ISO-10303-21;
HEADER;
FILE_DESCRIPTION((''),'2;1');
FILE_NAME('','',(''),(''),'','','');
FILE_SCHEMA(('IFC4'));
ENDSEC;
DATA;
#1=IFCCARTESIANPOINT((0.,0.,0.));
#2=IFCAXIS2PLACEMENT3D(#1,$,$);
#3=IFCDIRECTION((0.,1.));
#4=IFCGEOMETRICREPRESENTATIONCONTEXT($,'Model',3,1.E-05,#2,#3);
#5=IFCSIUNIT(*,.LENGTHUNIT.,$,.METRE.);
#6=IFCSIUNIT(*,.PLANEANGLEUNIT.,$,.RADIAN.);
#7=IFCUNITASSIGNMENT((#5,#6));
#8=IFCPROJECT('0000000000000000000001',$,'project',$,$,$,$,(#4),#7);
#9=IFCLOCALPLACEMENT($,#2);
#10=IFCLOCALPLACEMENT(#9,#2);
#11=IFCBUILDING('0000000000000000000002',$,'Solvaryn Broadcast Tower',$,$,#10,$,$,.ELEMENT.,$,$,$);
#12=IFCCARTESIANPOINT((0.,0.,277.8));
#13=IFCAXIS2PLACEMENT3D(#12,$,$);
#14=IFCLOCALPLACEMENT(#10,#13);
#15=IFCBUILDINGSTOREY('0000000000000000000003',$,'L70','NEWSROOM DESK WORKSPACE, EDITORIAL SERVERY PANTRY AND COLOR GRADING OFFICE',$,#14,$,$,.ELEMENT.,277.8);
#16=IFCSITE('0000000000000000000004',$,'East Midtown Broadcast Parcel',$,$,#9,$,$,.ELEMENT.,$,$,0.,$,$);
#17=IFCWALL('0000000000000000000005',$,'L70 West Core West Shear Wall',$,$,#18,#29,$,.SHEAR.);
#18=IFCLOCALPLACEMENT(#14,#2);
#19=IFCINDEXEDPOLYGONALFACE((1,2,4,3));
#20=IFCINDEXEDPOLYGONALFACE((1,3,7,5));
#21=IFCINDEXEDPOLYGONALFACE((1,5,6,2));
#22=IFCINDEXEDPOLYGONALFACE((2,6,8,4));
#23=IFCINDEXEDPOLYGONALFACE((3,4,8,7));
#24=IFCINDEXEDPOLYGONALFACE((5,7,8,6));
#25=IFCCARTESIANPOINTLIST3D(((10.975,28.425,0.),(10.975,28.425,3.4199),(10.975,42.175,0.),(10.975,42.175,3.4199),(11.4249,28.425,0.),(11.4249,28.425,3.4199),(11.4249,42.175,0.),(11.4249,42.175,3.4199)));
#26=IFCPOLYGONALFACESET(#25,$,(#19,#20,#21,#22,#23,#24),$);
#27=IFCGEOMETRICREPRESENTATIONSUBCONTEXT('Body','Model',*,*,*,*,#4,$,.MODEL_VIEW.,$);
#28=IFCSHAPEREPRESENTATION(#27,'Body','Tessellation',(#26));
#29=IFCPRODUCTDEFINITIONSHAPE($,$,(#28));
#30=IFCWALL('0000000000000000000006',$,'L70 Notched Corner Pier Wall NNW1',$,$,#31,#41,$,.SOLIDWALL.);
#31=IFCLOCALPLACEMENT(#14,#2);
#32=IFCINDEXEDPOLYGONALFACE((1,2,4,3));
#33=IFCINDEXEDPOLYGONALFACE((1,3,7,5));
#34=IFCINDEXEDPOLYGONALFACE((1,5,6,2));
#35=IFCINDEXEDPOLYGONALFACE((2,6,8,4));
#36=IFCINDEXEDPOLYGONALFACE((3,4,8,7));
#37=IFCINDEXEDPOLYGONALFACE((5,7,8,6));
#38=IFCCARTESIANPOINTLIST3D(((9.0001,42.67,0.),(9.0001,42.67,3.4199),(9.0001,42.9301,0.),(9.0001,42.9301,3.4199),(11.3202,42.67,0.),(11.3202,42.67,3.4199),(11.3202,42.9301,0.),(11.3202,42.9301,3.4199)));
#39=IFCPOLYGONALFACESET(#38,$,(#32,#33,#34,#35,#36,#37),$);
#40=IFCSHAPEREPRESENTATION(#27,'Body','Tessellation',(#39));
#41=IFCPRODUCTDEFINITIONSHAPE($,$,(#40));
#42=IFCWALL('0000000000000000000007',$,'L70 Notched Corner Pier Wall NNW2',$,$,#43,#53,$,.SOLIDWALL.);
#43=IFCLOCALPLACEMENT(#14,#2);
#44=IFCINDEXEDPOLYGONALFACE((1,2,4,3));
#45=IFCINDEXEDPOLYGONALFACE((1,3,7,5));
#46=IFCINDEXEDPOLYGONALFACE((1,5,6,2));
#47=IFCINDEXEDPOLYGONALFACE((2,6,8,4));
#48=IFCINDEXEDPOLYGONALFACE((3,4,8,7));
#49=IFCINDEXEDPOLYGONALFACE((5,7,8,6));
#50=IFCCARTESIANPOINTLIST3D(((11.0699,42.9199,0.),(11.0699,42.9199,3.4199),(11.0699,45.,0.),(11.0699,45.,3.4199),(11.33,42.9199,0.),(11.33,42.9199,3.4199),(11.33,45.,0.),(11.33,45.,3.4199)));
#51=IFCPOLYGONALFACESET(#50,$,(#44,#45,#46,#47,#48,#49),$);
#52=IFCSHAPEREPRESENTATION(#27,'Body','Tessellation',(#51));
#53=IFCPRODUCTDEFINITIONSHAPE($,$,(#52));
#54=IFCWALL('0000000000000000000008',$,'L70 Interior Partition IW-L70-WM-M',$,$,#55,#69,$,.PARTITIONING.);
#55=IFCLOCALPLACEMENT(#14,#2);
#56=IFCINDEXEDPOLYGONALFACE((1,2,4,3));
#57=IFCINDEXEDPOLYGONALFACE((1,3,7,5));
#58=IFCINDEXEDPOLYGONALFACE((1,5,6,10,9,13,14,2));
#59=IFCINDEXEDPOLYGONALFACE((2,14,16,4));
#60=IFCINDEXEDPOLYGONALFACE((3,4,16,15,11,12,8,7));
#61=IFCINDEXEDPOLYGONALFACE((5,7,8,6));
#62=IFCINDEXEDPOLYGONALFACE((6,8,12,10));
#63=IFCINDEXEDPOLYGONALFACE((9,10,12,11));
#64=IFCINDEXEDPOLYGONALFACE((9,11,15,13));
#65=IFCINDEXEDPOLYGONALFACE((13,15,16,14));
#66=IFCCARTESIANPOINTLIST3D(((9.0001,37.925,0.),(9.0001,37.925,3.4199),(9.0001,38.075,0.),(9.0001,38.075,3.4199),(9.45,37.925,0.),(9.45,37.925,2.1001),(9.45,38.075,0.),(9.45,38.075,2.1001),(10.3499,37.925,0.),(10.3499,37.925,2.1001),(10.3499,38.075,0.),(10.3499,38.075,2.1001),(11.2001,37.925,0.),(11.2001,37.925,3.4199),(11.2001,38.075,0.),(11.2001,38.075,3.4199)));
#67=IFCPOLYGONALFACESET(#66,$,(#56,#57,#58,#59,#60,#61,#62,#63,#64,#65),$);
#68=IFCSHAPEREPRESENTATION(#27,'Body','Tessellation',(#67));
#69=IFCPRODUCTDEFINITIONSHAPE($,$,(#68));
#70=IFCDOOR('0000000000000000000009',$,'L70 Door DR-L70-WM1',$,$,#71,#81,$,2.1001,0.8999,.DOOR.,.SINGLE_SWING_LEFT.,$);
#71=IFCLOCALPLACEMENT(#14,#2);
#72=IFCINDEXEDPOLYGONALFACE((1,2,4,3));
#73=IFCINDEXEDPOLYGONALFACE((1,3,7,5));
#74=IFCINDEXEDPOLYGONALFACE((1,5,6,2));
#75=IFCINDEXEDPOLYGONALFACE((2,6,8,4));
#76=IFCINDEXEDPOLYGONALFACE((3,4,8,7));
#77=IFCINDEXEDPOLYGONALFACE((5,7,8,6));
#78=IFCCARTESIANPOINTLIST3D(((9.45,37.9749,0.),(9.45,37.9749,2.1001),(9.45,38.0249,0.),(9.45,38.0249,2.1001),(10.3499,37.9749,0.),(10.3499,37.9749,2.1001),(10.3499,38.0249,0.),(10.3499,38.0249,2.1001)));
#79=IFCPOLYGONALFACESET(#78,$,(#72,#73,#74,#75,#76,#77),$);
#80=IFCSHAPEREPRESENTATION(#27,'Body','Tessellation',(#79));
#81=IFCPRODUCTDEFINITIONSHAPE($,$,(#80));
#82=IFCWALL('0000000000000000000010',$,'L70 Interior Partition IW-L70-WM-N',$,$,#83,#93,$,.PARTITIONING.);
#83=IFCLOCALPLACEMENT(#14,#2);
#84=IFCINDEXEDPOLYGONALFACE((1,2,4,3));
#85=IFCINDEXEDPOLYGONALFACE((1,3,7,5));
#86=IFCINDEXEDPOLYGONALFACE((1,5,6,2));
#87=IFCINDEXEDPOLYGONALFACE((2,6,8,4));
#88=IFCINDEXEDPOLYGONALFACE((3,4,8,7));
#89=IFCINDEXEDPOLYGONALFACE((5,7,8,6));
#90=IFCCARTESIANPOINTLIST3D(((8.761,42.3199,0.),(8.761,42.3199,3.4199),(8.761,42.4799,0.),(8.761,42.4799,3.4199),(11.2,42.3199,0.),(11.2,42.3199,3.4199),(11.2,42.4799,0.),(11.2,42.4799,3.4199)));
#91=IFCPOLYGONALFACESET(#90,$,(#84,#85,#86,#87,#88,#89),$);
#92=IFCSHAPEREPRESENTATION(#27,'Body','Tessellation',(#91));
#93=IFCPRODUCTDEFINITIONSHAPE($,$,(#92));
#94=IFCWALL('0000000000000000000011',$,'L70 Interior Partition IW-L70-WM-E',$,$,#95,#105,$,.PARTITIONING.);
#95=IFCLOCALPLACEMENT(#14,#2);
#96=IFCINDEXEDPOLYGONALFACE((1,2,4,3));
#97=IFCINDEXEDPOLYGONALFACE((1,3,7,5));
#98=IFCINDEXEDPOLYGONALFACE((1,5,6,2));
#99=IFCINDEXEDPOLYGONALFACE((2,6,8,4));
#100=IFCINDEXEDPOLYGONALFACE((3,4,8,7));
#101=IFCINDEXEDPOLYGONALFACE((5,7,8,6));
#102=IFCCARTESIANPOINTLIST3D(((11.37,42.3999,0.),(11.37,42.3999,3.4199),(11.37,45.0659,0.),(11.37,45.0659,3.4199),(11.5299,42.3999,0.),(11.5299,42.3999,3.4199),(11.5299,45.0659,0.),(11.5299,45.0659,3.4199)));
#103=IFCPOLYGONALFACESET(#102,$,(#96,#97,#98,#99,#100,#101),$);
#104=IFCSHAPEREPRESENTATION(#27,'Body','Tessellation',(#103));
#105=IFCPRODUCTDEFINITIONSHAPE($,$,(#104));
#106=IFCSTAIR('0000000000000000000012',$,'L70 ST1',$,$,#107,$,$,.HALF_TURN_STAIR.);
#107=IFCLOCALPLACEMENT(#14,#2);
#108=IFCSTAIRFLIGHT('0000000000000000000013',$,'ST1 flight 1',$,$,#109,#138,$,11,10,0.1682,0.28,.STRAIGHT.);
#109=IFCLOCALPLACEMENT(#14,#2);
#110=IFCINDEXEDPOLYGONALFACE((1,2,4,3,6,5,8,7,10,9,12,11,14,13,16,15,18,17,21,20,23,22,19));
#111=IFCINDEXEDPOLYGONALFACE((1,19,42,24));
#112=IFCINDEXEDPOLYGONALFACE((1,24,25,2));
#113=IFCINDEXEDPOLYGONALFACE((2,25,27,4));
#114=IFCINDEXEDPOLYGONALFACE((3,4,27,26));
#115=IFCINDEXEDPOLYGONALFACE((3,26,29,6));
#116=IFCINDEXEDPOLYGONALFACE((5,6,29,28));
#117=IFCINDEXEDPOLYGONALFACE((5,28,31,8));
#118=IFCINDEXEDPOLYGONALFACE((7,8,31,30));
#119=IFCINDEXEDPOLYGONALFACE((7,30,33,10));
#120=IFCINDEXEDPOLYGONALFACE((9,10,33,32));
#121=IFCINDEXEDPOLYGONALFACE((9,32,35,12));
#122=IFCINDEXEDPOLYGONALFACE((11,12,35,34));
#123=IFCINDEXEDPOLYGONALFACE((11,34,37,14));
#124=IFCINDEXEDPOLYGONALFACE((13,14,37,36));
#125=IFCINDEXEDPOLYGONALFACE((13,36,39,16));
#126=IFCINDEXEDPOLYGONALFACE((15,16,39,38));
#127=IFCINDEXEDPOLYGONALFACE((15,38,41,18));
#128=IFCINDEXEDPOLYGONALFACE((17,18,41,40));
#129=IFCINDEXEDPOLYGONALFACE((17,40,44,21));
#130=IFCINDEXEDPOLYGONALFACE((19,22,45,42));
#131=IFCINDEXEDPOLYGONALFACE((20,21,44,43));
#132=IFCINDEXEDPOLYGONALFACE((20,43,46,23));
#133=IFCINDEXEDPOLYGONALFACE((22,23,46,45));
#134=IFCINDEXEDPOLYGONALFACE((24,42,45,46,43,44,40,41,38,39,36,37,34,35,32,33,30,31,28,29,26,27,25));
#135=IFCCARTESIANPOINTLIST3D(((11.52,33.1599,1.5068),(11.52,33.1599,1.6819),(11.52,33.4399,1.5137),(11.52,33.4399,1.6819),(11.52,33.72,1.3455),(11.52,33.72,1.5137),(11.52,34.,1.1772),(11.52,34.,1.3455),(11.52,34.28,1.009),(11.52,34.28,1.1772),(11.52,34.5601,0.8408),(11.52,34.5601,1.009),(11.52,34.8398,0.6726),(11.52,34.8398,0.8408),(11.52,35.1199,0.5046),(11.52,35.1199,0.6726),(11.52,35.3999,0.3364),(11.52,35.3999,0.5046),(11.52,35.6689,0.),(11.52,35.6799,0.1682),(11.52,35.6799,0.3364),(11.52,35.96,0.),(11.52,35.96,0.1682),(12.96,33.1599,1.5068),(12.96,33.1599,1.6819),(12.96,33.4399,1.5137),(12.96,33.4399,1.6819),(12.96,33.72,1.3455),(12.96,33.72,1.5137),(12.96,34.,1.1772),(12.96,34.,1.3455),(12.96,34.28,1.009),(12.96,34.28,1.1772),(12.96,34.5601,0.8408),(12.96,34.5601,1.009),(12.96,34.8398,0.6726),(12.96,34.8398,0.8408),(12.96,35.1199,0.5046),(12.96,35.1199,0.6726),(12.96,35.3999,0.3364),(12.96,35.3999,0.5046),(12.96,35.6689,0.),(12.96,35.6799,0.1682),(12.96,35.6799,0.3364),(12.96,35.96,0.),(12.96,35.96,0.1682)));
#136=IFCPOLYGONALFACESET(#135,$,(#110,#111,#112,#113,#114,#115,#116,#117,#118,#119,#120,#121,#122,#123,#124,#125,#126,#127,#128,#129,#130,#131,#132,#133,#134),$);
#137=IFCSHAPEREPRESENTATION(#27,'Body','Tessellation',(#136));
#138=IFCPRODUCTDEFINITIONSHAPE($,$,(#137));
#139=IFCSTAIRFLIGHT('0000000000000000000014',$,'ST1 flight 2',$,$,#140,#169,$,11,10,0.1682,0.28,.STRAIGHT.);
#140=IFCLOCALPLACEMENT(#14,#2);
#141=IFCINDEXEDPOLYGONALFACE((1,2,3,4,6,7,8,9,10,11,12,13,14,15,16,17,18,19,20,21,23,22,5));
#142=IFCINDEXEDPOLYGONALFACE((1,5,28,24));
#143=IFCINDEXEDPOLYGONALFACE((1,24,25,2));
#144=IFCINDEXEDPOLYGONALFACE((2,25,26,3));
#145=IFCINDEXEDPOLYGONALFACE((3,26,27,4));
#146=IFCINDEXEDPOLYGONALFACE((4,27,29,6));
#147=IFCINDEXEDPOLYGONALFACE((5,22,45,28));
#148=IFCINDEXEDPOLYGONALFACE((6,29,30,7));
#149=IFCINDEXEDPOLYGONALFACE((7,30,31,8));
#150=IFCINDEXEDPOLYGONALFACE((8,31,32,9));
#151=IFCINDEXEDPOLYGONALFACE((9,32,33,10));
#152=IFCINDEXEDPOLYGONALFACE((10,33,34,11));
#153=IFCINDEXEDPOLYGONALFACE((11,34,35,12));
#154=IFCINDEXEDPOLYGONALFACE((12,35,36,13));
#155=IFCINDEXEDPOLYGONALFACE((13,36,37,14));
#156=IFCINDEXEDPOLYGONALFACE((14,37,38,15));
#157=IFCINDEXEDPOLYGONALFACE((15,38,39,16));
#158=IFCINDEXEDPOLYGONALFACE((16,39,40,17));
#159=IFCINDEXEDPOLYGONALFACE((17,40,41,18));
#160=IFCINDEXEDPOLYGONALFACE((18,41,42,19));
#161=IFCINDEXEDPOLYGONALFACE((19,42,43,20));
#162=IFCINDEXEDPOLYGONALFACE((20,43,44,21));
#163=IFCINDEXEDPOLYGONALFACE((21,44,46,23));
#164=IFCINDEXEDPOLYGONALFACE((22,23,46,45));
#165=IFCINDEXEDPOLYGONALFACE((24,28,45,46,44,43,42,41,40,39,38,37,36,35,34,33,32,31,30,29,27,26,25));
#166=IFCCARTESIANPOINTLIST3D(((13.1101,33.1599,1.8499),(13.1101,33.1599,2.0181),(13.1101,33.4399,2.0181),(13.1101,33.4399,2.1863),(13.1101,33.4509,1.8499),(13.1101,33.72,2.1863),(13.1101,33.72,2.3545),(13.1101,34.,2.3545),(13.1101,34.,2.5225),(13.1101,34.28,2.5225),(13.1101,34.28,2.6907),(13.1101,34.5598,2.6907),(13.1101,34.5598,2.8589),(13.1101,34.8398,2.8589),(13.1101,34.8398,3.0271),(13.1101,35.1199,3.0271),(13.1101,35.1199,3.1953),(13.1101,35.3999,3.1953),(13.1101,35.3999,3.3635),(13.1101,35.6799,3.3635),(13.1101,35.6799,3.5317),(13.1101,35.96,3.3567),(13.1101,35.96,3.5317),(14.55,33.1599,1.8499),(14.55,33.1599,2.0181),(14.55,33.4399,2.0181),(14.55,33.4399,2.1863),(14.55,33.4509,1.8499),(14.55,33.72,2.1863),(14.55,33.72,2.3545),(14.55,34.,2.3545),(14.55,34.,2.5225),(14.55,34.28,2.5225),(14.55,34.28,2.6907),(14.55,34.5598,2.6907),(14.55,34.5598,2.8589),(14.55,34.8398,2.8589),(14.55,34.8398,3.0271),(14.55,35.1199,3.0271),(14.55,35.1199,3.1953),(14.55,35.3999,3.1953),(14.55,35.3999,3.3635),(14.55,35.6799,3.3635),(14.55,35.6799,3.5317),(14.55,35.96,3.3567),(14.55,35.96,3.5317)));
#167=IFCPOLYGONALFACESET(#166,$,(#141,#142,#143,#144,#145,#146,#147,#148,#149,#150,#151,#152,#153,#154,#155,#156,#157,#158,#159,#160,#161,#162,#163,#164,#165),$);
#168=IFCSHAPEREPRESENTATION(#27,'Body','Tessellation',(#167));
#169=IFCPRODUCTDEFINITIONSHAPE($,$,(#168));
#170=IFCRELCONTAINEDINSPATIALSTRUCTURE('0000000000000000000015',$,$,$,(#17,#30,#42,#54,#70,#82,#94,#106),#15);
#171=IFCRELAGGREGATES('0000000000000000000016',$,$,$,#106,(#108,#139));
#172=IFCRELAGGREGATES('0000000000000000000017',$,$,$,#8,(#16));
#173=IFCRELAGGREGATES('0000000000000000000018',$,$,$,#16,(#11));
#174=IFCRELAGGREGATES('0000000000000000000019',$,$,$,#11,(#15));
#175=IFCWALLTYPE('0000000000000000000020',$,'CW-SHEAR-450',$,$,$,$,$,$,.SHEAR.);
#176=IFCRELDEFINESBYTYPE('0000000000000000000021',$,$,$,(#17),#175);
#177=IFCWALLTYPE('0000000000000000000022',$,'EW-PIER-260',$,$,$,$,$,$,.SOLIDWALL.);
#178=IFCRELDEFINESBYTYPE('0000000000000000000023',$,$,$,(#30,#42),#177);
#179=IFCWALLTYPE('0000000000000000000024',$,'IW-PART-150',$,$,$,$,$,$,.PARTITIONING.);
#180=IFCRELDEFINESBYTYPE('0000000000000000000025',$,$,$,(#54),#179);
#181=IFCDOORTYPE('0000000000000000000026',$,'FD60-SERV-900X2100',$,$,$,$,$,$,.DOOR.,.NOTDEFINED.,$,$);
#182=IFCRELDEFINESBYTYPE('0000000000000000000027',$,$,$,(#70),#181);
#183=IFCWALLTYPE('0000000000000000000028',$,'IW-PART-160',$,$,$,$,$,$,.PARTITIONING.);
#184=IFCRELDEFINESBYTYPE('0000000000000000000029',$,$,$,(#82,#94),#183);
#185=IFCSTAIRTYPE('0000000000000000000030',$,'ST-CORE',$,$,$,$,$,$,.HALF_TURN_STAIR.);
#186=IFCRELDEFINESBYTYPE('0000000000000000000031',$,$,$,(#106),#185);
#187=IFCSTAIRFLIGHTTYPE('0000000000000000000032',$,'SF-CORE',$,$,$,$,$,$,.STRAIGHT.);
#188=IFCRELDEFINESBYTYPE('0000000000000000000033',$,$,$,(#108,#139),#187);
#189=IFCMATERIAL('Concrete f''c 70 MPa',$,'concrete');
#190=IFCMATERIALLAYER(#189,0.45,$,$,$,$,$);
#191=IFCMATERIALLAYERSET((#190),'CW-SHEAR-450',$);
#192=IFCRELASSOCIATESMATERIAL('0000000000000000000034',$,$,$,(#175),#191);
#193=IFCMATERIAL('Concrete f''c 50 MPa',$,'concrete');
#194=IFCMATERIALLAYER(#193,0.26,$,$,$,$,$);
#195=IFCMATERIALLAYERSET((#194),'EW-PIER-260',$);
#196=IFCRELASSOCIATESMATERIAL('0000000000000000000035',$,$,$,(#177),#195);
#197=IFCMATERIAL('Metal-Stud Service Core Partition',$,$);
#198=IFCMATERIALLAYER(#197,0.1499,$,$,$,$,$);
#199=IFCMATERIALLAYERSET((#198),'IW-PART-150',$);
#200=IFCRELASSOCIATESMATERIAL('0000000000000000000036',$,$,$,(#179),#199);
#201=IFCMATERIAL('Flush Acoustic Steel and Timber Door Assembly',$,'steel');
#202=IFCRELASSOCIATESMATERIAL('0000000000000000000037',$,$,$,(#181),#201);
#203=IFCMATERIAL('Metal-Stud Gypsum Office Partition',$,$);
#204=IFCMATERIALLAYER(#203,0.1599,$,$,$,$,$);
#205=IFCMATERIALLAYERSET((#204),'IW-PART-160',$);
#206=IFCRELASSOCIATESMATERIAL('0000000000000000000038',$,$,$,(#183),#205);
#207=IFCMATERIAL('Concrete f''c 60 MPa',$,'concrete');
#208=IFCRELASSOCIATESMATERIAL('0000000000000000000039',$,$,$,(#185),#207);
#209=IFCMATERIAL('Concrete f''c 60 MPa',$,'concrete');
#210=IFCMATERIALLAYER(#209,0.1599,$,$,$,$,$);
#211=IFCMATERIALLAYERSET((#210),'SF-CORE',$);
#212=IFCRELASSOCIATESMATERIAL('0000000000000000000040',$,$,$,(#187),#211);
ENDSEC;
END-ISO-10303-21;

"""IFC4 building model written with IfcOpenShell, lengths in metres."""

from ifc_helpers import new_model, si_unit, direction, frame, frame_2d, origin, place, context, subcontext, project, spatial, polyline, rectangle, outline, extrude, material, layer, layer_set, type_object, element, fill, aggregate, save


model = new_model("IFC4")

# Units and contexts
model_context = context("Model", 3, precision=1e-05, world=origin(), true_north=direction((0.0, 1.0)))
body_context = subcontext(model_context, "Body", "Model", "MODEL_VIEW")
ifc_project = project(units=[si_unit("LENGTHUNIT", "METRE"), si_unit("PLANEANGLEUNIT", "RADIAN")], contexts=[model_context])

# Site, building, storey
site_placement = place(None, origin())
site = spatial("IfcSite", under=ifc_project, at=site_placement, Name="East Midtown Broadcast Parcel", CompositionType="ELEMENT", RefElevation=0.0)
building_placement = place(site_placement, origin())
building = spatial("IfcBuilding", under=site, at=building_placement, Name="Solvaryn Broadcast Tower", CompositionType="ELEMENT")
storey_placement = place(building_placement, frame((0.0, 0.0, 277.8)))
storey = spatial("IfcBuildingStorey", under=building, at=storey_placement, Name="L70", Description="NEWSROOM DESK WORKSPACE, EDITORIAL SERVERY PANTRY AND COLOR GRADING OFFICE", CompositionType="ELEMENT", Elevation=277.8)

# Walls
ifc_material_1 = material(Name="Concrete f'c 70 MPa", Category="concrete")
ifc_layer_1 = layer(ifc_material_1, 0.45)
ifc_layer_set_1 = layer_set([ifc_layer_1], Name="CW-SHEAR-450")
wall_type_1 = type_object("IfcWallType", Name="CW-SHEAR-450", PredefinedType="SHEAR", material=ifc_layer_set_1)
wall_1_placement = place(storey_placement, frame((11.2, 42.175, 0.0), z_axis=(0.0, 0.0, 1.0), x_axis=(0.0, -1.0, 0.0)))
element("IfcWall", 1, at=wall_1_placement, inside=storey, type_object=wall_type_1, Name="L70 West Core West Shear Wall", PredefinedType="SHEAR", context=body_context, shape_type="SweptSolid", body=[
    extrude(rectangle(XDim=13.75, YDim=0.45, at=frame_2d((6.875, 0.0))), origin(), (0.0, 0.0, 1.0), 3.4199),
])
ifc_material_2 = material(Name="Concrete f'c 50 MPa", Category="concrete")
ifc_layer_2 = layer(ifc_material_2, 0.26)
ifc_layer_set_2 = layer_set([ifc_layer_2], Name="EW-PIER-260")
wall_type_2 = type_object("IfcWallType", Name="EW-PIER-260", PredefinedType="SOLIDWALL", material=ifc_layer_set_2)
wall_2_placement = place(storey_placement, frame((9.0, 42.8, 0.0), z_axis=(0.0, 0.0, 1.0), x_axis=(1.0, 0.0, 0.0)))
element("IfcWall", 2, at=wall_2_placement, inside=storey, type_object=wall_type_2, Name="L70 Notched Corner Pier Wall NNW1", PredefinedType="SOLIDWALL", context=body_context, shape_type="SweptSolid", body=[
    extrude(rectangle(XDim=2.3201, YDim=0.26, at=frame_2d((1.1602, 0.0))), origin(), (0.0, 0.0, 1.0), 3.4199),
])
wall_3_placement = place(storey_placement, frame((11.2, 42.9199, 0.0), z_axis=(0.0, 0.0, 1.0), x_axis=(0.0, 1.0, 0.0)))
element("IfcWall", 3, at=wall_3_placement, inside=storey, type_object=wall_type_2, Name="L70 Notched Corner Pier Wall NNW2", PredefinedType="SOLIDWALL", context=body_context, shape_type="SweptSolid", body=[
    extrude(rectangle(XDim=2.0801, YDim=0.26, at=frame_2d((1.04, 0.0))), origin(), (0.0, 0.0, 1.0), 3.4199),
])

# Wall, opening, door
ifc_material_3 = material(Name="Metal-Stud Service Core Partition")
ifc_layer_3 = layer(ifc_material_3, 0.1499)
ifc_layer_set_3 = layer_set([ifc_layer_3], Name="IW-PART-150")
wall_type_3 = type_object("IfcWallType", Name="IW-PART-150", PredefinedType="PARTITIONING", material=ifc_layer_set_3)
wall_4_placement = place(storey_placement, frame((9.0, 38.0, 0.0), z_axis=(0.0, 0.0, 1.0), x_axis=(1.0, 0.0, 0.0)))
wall_4 = element("IfcWall", 4, at=wall_4_placement, inside=storey, type_object=wall_type_3, Name="L70 Interior Partition IW-L70-WM-M", PredefinedType="PARTITIONING", context=body_context, shape_type="SweptSolid", body=[
    extrude(rectangle(XDim=2.2, YDim=0.1499, at=frame_2d((1.1001, 0.0))), origin(), (0.0, 0.0, 1.0), 3.4199),
])
opening_placement = place(wall_4_placement, frame((0.45, 0.0, 0.0)))
opening = element("IfcOpeningElement", 5, at=opening_placement, cuts=wall_4, PredefinedType="OPENING", context=body_context, shape_type="SweptSolid", body=[
    extrude(rectangle(XDim=0.8999, YDim=2.1001, at=frame_2d((0.45, 1.05))), frame((0.0, 0.085, 0.0), z_axis=(0.0, -1.0, 0.0), x_axis=(1.0, 0.0, 0.0)), (0.0, 0.0, 1.0), 0.1699),
])
ifc_material_4 = material(Name="Flush Acoustic Steel and Timber Door Assembly", Category="steel")
door_type = type_object("IfcDoorType", Name="FD60-SERV-900X2100", OperationType="NOTDEFINED", PredefinedType="DOOR", material=ifc_material_4)
door_placement = place(opening_placement, origin())
door = element("IfcDoor", 6, at=door_placement, inside=storey, type_object=door_type, Name="L70 Door DR-L70-WM1", OperationType="SINGLE_SWING_LEFT", OverallHeight=2.1001, OverallWidth=0.8999, PredefinedType="DOOR", context=body_context, shape_type="SweptSolid", body=[
    extrude(rectangle(XDim=0.8999, YDim=2.1001, at=frame_2d((0.45, 1.05))), frame((0.0, 0.0249, 0.0), z_axis=(0.0, -1.0, 0.0), x_axis=(1.0, 0.0, 0.0)), (0.0, 0.0, 1.0), 0.05),
])
fill(opening, door)

# Walls
ifc_material_5 = material(Name="Metal-Stud Gypsum Office Partition")
ifc_layer_4 = layer(ifc_material_5, 0.1599)
ifc_layer_set_4 = layer_set([ifc_layer_4], Name="IW-PART-160")
wall_type_4 = type_object("IfcWallType", Name="IW-PART-160", PredefinedType="PARTITIONING", material=ifc_layer_set_4)
wall_5_placement = place(storey_placement, frame((8.761, 42.3999, 0.0), z_axis=(0.0, 0.0, 1.0), x_axis=(1.0, 0.0, 0.0)))
element("IfcWall", 7, at=wall_5_placement, inside=storey, type_object=wall_type_4, Name="L70 Interior Partition IW-L70-WM-N", PredefinedType="PARTITIONING", context=body_context, shape_type="SweptSolid", body=[
    extrude(rectangle(XDim=2.439, YDim=0.1599, at=frame_2d((1.2195, 0.0))), origin(), (0.0, 0.0, 1.0), 3.4199),
])
wall_6_placement = place(storey_placement, frame((11.45, 42.3999, 0.0), z_axis=(0.0, 0.0, 1.0), x_axis=(0.0, 1.0, 0.0)))
element("IfcWall", 8, at=wall_6_placement, inside=storey, type_object=wall_type_4, Name="L70 Interior Partition IW-L70-WM-E", PredefinedType="PARTITIONING", context=body_context, shape_type="SweptSolid", body=[
    extrude(rectangle(XDim=2.666, YDim=0.1599, at=frame_2d((1.333, 0.0))), origin(), (0.0, 0.0, 1.0), 3.4199),
])

# Stair, stair flights
ifc_material_6 = material(Name="Concrete f'c 60 MPa", Category="concrete")
stair_type = type_object("IfcStairType", Name="ST-CORE", PredefinedType="HALF_TURN_STAIR", material=ifc_material_6)
stair_placement = place(storey_placement, origin())
stair = element("IfcStair", 9, at=stair_placement, inside=storey, type_object=stair_type, Name="L70 ST1", PredefinedType="HALF_TURN_STAIR")
ifc_material_7 = material(Name="Concrete f'c 60 MPa", Category="concrete")
ifc_layer_5 = layer(ifc_material_7, 0.1599)
ifc_layer_set_5 = layer_set([ifc_layer_5], Name="SF-CORE")
stair_flight_type = type_object("IfcStairFlightType", Name="SF-CORE", PredefinedType="STRAIGHT", material=ifc_layer_set_5)
stair_flight_1_placement = place(storey_placement, frame((12.24, 35.96, 0.0), z_axis=(0.0, 0.0, 1.0), x_axis=(0.0, -1.0, 0.0)))
stair_flight_1 = element("IfcStairFlight", 10, at=stair_flight_1_placement, type_object=stair_flight_type, Name="ST1 flight 1", NumberOfRisers=11, NumberOfTreads=10, PredefinedType="STRAIGHT", RiserHeight=0.1682, TreadLength=0.28, context=body_context, shape_type="SweptSolid", body=[
    extrude(outline(polyline([(0.0, 0.0), (0.0, 0.1682), (0.28, 0.1682), (0.28, 0.3364), (0.5601, 0.3364), (0.5601, 0.5046), (0.8401, 0.5046), (0.8401, 0.6726), (1.1201, 0.6726), (1.1201, 0.8408), (1.3999, 0.8408), (1.3999, 1.009), (1.6799, 1.009), (1.6799, 1.1772), (1.96, 1.1772), (1.96, 1.3455), (2.24, 1.3455), (2.24, 1.5137), (2.52, 1.5137), (2.52, 1.6819), (2.8, 1.6819), (2.8, 1.8501), (2.8, 1.5068), (0.291, 0.0), (0.0, 0.0)])), frame((0.0, 0.72, 0.0), z_axis=(0.0, -1.0, 0.0), x_axis=(1.0, 0.0, 0.0)), (0.0, 0.0, 1.0), 1.4399),
])
stair_flight_2_placement = place(storey_placement, frame((13.8301, 33.1599, 1.8499), z_axis=(0.0, 0.0, 1.0), x_axis=(0.0, 1.0, 0.0)))
stair_flight_2 = element("IfcStairFlight", 11, at=stair_flight_2_placement, type_object=stair_flight_type, Name="ST1 flight 2", NumberOfRisers=11, NumberOfTreads=10, PredefinedType="STRAIGHT", RiserHeight=0.1682, TreadLength=0.28, context=body_context, shape_type="SweptSolid", body=[
    extrude(outline(polyline([(0.0, 0.0), (0.0, 0.1682), (0.28, 0.1682), (0.28, 0.3364), (0.5601, 0.3364), (0.5601, 0.5046), (0.8401, 0.5046), (0.8401, 0.6726), (1.1201, 0.6726), (1.1201, 0.8408), (1.3999, 0.8408), (1.3999, 1.009), (1.6799, 1.009), (1.6799, 1.1772), (1.96, 1.1772), (1.96, 1.3455), (2.24, 1.3455), (2.24, 1.5137), (2.52, 1.5137), (2.52, 1.6819), (2.8, 1.6819), (2.8, 1.8501), (2.8, 1.5068), (0.291, 0.0), (0.0, 0.0)])), frame((0.0, 0.72, 0.0), z_axis=(0.0, -1.0, 0.0), x_axis=(1.0, 0.0, 0.0)), (0.0, 0.0, 1.0), 1.4399),
])
aggregate(stair, [stair_flight_1, stair_flight_2])

save(model, "model.ifc")
